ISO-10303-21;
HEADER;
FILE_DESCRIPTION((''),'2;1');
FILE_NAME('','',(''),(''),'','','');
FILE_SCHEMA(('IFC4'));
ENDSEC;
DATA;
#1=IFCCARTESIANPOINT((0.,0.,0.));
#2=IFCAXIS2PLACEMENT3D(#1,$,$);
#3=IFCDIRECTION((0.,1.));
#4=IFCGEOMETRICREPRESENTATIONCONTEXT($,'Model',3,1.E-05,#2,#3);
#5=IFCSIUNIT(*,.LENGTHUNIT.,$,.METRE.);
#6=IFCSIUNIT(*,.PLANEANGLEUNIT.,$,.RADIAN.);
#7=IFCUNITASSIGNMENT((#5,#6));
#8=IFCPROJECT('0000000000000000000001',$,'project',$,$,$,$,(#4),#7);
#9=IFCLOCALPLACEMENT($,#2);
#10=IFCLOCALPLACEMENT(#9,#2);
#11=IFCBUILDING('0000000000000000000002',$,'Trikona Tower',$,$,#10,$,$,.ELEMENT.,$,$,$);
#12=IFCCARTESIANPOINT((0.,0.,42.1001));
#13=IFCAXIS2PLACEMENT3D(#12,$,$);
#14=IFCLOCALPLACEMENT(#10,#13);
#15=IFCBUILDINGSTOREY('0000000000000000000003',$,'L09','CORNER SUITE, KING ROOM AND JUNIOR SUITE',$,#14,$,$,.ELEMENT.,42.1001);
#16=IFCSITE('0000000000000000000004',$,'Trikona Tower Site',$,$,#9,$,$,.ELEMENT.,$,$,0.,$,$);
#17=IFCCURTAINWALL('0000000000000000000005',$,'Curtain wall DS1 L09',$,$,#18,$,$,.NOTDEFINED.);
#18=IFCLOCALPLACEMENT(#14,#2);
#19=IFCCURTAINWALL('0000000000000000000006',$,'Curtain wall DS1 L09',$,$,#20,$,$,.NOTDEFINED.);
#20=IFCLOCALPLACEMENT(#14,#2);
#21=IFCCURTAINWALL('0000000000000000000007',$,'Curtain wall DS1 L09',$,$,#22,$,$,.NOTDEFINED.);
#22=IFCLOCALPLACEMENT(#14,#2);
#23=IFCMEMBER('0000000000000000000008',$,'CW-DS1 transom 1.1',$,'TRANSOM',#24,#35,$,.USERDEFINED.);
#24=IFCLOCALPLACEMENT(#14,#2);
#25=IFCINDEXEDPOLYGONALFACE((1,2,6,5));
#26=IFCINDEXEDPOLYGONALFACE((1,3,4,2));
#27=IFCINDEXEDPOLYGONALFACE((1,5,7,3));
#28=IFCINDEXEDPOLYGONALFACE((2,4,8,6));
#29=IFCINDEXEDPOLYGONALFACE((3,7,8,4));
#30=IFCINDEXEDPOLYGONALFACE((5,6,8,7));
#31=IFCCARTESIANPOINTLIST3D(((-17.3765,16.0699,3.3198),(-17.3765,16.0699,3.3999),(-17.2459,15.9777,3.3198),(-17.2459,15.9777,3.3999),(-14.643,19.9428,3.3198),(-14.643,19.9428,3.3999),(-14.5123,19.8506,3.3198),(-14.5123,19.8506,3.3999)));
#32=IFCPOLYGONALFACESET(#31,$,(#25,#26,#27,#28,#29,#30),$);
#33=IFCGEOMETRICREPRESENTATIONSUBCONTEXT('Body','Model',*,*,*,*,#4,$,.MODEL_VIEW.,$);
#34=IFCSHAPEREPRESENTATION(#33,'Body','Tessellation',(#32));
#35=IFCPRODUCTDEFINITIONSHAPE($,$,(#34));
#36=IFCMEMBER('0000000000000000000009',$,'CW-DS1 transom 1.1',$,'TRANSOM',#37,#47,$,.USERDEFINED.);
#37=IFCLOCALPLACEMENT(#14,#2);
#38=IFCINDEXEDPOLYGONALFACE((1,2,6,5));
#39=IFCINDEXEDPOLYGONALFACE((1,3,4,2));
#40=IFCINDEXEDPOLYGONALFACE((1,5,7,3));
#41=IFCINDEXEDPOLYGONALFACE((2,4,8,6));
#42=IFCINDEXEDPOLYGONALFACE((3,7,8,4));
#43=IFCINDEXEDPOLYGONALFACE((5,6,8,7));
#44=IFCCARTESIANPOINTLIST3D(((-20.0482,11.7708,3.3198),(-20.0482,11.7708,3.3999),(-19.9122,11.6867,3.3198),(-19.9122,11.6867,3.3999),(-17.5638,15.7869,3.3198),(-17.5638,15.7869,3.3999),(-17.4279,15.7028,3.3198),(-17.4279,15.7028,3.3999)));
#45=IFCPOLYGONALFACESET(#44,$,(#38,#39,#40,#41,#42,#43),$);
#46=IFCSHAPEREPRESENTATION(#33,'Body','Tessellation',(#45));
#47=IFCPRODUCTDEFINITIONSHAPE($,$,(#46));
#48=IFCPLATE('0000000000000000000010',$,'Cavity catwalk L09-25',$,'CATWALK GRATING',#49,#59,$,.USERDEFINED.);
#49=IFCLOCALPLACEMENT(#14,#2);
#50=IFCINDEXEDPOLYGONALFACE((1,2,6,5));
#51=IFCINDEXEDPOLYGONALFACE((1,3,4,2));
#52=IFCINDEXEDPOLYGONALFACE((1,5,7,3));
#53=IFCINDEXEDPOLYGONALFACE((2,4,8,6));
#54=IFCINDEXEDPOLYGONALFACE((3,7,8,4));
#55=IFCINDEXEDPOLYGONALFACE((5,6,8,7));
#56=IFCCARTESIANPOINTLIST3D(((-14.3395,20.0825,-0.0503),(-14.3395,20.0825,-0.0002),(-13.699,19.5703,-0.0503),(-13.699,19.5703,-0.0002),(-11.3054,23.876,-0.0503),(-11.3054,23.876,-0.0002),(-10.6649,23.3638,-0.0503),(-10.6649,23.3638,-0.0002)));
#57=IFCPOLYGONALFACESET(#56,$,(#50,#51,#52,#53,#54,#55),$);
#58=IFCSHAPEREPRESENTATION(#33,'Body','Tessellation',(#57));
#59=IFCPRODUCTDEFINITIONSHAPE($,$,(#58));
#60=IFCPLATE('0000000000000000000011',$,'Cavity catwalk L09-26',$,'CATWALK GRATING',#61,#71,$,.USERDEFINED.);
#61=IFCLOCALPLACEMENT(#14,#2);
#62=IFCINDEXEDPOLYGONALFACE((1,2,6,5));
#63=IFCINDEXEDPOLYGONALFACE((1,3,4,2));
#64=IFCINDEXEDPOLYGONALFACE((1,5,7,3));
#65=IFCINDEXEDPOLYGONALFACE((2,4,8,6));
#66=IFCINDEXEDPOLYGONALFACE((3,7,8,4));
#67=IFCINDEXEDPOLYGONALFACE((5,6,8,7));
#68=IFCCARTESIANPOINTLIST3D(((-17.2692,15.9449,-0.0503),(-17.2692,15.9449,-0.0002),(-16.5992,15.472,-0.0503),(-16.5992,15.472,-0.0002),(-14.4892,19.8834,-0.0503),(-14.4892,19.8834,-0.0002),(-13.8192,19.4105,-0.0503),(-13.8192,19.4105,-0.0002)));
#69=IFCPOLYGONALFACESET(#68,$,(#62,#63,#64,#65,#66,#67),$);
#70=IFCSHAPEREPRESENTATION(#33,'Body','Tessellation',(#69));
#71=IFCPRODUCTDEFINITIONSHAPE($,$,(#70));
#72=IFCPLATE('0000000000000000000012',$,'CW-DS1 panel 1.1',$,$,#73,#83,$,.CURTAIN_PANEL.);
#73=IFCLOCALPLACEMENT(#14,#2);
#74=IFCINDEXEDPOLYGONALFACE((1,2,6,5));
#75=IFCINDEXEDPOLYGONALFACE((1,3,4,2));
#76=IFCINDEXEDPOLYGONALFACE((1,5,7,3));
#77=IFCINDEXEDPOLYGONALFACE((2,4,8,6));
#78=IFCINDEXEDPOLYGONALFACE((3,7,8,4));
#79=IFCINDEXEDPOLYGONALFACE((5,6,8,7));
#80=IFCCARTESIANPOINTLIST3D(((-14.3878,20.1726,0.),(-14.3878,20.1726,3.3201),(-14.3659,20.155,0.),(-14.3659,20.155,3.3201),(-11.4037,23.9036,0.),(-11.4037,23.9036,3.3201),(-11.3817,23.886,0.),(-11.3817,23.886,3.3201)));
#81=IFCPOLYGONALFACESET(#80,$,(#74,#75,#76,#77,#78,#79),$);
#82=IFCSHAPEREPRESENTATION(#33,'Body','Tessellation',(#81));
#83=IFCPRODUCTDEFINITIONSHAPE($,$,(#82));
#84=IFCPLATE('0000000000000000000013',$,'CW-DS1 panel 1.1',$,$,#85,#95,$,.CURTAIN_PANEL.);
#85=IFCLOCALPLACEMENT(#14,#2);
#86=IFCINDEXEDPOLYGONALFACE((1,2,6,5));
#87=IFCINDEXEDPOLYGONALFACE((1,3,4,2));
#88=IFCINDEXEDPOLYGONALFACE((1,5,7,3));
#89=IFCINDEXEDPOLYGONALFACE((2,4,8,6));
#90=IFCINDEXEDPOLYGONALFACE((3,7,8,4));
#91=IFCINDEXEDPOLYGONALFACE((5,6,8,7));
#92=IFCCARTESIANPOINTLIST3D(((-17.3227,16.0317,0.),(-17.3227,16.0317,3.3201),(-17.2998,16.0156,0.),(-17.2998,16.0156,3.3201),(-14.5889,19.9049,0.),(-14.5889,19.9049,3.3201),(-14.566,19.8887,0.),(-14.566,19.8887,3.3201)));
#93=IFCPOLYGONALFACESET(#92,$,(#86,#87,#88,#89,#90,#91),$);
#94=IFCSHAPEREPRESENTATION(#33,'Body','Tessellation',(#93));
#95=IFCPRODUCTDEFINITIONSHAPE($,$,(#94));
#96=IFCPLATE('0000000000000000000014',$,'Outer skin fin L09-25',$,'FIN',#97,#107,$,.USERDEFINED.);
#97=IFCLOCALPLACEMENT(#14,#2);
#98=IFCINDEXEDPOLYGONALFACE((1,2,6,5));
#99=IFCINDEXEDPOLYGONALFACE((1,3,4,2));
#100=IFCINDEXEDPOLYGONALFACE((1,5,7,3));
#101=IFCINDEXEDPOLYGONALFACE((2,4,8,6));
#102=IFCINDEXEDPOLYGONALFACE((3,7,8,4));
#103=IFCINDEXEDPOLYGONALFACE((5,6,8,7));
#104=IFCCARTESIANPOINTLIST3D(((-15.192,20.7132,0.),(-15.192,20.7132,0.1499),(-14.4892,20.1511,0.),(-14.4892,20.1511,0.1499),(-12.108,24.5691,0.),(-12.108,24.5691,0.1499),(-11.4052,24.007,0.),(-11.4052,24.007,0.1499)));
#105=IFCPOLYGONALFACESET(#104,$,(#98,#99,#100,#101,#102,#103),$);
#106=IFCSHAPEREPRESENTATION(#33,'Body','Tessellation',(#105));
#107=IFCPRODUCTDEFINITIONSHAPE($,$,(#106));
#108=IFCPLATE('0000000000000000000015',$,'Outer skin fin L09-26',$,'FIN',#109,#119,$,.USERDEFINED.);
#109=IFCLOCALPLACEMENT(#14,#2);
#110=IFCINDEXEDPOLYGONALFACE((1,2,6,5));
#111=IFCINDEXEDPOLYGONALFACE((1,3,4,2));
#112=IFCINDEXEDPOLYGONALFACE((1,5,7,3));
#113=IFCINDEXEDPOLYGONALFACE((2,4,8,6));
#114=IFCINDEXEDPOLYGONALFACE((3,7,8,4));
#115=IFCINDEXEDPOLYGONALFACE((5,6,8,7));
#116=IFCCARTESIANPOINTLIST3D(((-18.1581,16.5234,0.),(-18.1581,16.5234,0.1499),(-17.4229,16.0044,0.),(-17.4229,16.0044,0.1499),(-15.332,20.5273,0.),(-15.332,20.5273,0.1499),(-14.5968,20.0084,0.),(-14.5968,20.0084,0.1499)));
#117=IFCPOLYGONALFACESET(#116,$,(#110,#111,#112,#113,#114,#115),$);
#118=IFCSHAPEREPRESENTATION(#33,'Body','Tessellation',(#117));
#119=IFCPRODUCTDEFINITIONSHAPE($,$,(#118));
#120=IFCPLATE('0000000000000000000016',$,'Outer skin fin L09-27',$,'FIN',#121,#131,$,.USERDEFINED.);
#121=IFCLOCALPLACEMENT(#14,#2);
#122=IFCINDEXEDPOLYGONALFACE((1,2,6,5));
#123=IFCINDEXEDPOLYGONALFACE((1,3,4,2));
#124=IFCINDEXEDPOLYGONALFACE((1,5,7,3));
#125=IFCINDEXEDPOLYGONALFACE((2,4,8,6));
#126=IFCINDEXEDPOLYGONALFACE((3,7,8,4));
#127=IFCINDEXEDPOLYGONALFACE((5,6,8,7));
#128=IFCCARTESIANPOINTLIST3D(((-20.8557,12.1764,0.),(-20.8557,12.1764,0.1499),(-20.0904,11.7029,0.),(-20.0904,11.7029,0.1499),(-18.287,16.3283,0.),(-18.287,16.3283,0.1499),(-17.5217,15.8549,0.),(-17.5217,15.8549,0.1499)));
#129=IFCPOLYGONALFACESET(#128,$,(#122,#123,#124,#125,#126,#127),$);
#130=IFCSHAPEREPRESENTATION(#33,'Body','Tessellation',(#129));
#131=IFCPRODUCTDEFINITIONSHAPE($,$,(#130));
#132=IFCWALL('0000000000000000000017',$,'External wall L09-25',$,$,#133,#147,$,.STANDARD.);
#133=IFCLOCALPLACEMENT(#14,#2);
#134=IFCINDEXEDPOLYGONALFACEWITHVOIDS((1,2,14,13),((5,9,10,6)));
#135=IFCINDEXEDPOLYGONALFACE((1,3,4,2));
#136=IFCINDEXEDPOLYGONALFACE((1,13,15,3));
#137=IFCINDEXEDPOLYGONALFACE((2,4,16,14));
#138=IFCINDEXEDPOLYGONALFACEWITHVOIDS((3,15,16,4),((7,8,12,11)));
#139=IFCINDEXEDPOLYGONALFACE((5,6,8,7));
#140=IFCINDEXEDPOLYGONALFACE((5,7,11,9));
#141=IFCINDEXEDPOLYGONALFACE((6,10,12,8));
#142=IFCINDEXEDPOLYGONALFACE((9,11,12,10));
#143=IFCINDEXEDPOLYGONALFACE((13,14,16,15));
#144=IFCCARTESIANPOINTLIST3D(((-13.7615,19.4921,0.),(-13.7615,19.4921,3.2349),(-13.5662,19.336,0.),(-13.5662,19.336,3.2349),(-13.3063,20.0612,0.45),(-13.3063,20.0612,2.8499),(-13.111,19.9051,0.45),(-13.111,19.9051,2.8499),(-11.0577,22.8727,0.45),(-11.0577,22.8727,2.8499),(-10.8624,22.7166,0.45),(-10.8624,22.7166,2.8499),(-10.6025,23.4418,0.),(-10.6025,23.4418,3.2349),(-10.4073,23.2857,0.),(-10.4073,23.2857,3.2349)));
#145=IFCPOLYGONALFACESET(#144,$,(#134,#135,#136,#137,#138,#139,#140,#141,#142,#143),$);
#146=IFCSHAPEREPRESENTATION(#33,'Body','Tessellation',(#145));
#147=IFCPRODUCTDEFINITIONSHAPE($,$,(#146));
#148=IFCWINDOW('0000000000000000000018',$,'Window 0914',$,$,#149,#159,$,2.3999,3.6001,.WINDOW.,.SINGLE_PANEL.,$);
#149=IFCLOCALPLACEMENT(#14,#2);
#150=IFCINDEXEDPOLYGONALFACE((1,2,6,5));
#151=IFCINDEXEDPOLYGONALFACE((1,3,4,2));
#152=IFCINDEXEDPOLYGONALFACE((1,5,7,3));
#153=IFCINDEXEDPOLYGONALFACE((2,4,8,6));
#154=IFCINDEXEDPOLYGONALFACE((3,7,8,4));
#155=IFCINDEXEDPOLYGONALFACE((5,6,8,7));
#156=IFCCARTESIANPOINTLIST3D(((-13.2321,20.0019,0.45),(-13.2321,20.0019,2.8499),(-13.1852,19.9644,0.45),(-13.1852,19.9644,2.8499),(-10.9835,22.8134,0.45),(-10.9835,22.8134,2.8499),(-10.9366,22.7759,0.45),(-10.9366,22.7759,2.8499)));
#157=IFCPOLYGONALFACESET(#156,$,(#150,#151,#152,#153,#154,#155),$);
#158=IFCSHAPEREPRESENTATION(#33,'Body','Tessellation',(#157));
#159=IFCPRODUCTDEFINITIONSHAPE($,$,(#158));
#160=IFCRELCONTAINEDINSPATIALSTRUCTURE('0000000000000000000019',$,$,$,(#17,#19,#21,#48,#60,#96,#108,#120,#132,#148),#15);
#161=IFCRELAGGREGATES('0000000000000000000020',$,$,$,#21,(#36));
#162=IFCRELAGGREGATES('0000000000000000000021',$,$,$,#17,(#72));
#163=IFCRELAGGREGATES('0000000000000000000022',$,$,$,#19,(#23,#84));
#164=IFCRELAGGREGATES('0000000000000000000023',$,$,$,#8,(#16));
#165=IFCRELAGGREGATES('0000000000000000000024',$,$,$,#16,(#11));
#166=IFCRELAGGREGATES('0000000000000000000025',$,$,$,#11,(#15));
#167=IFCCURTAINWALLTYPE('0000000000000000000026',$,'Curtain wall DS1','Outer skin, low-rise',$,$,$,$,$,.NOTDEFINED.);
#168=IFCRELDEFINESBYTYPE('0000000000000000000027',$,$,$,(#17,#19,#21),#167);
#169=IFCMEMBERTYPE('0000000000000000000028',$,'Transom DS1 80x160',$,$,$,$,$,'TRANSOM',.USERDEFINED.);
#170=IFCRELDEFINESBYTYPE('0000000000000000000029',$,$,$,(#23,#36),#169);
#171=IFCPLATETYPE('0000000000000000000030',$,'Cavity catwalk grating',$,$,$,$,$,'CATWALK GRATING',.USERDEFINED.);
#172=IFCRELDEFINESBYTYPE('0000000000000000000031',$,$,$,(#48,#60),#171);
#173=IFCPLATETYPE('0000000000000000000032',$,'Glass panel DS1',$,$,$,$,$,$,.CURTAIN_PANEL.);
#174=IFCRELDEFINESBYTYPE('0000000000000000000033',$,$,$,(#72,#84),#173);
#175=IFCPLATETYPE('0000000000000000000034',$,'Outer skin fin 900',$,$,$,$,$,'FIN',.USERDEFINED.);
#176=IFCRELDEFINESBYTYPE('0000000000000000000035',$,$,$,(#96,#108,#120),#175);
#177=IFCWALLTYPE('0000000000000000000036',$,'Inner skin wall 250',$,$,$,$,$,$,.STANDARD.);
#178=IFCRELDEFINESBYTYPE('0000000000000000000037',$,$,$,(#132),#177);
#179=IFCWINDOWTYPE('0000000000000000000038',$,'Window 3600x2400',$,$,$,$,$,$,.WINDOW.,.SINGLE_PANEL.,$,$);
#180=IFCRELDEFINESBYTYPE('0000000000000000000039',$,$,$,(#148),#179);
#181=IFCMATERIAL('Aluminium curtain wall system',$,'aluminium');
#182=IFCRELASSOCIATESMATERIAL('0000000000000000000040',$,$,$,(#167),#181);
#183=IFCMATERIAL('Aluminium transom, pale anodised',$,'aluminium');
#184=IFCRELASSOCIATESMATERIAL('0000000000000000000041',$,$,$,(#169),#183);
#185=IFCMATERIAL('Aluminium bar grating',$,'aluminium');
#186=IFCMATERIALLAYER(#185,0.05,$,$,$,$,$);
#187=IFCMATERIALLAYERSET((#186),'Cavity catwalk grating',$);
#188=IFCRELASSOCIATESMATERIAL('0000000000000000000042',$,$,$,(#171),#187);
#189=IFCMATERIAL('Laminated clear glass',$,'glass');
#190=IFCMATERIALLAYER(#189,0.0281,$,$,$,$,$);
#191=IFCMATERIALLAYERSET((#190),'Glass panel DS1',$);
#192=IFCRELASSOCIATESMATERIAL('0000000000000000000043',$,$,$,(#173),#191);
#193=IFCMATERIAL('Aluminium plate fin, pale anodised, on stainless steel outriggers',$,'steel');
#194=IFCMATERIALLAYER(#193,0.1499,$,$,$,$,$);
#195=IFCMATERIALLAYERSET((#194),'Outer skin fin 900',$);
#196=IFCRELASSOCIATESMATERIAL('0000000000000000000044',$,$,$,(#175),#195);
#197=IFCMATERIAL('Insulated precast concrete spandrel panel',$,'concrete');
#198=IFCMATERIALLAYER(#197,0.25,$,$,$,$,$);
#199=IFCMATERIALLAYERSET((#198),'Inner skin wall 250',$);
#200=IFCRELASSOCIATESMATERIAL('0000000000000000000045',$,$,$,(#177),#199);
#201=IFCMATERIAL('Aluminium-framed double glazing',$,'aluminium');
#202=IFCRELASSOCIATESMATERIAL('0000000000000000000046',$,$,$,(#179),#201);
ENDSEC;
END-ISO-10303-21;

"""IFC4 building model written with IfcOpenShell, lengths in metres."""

from ifc_helpers import new_model, si_unit, direction, frame, frame_2d, origin, origin_2d, place, context, subcontext, project, spatial, rectangle, extrude, material, layer, layer_set, material_profile, profile_set, type_object, element, fill, aggregate, save


model = new_model("IFC4")

# Units and contexts
model_context = context("Model", 3, precision=1e-05, world=origin(), true_north=direction((0.0, 1.0)))
body_context = subcontext(model_context, "Body", "Model", "MODEL_VIEW")
ifc_project = project(units=[si_unit("LENGTHUNIT", "METRE"), si_unit("PLANEANGLEUNIT", "RADIAN")], contexts=[model_context])

# Site, building, storey
site_placement = place(None, origin())
site = spatial("IfcSite", under=ifc_project, at=site_placement, Name="Trikona Tower Site", CompositionType="ELEMENT", RefElevation=0.0)
building_placement = place(site_placement, origin())
building = spatial("IfcBuilding", under=site, at=building_placement, Name="Trikona Tower", CompositionType="ELEMENT")
storey_placement = place(building_placement, frame((0.0, 0.0, 42.1001)))
storey = spatial("IfcBuildingStorey", under=building, at=storey_placement, Name="L09", Description="CORNER SUITE, KING ROOM AND JUNIOR SUITE", CompositionType="ELEMENT", Elevation=42.1001)

# Shared definitions
ifc_material_1 = material(Name="Aluminium curtain wall system", Category="aluminium")
curtain_wall_type = type_object("IfcCurtainWallType", Name="Curtain wall DS1", Description="Outer skin, low-rise", PredefinedType="NOTDEFINED", material=ifc_material_1)

# Curtain walls
curtain_wall_1_placement = place(storey_placement, origin())
curtain_wall_1 = element("IfcCurtainWall", 1, at=curtain_wall_1_placement, inside=storey, type_object=curtain_wall_type, Name="Curtain wall DS1 L09", PredefinedType="NOTDEFINED")
curtain_wall_2_placement = place(storey_placement, origin())
curtain_wall_2 = element("IfcCurtainWall", 2, at=curtain_wall_2_placement, inside=storey, type_object=curtain_wall_type, Name="Curtain wall DS1 L09", PredefinedType="NOTDEFINED")

# Curtain wall
curtain_wall_3_placement = place(storey_placement, origin())
curtain_wall_3 = element("IfcCurtainWall", 3, at=curtain_wall_3_placement, inside=storey, type_object=curtain_wall_type, Name="Curtain wall DS1 L09", PredefinedType="NOTDEFINED")

# Members
ifc_material_2 = material(Name="Aluminium transom, pale anodised", Category="aluminium")
ifc_material_profile_1 = material_profile(ifc_material_2, rectangle(XDim=0.1599, YDim=0.0801, at=origin_2d()), Name="TRN-DS1")
ifc_profile_set_1 = profile_set([ifc_material_profile_1], Name="Aluminium transom, pale anodised")
member_type_1 = type_object("IfcMemberType", Name="Transom DS1 80x160", ElementType="TRANSOM", PredefinedType="USERDEFINED", material=ifc_profile_set_1)
member_1_placement = place(storey_placement, frame((-14.5776, 19.8967, 3.3599), z_axis=(-0.576645, -0.816995, 0.0), x_axis=(0.816995, -0.576645, 0.0)))
member_1 = element("IfcMember", 4, at=member_1_placement, type_object=member_type_1, Name="CW-DS1 transom 1.1", ObjectType="TRANSOM", PredefinedType="USERDEFINED", context=body_context, shape_type="SweptSolid", body=[
    extrude(rectangle(XDim=0.1599, YDim=0.0801, at=origin_2d()), origin(), (0.0, 0.0, 1.0), 4.7405),
])
member_2_placement = place(storey_placement, frame((-17.4958, 15.7449, 3.3599), z_axis=(-0.526081, -0.850435, 0.0), x_axis=(0.850435, -0.526081, 0.0)))
member_2 = element("IfcMember", 5, at=member_2_placement, type_object=member_type_1, Name="CW-DS1 transom 1.1", ObjectType="TRANSOM", PredefinedType="USERDEFINED", context=body_context, shape_type="SweptSolid", body=[
    extrude(rectangle(XDim=0.1599, YDim=0.0801, at=origin_2d()), origin(), (0.0, 0.0, 1.0), 4.7224),
])
aggregate(curtain_wall_3, [member_2])

# Plates
ifc_material_3 = material(Name="Aluminium bar grating", Category="aluminium")
ifc_layer_1 = layer(ifc_material_3, 0.05)
ifc_layer_set_1 = layer_set([ifc_layer_1], Name="Cavity catwalk grating")
plate_type_1 = type_object("IfcPlateType", Name="Cavity catwalk grating", ElementType="CATWALK GRATING", PredefinedType="USERDEFINED", material=ifc_layer_set_1)
plate_1_placement = place(storey_placement, frame((-12.5022, 21.7231, -0.0503), z_axis=(0.0, 0.0, 1.0), x_axis=(-0.624604, -0.780942, 0.0)))
element("IfcPlate", 6, at=plate_1_placement, inside=storey, type_object=plate_type_1, Name="Cavity catwalk L09-25", ObjectType="CATWALK GRATING", PredefinedType="USERDEFINED", context=body_context, shape_type="SweptSolid", body=[
    extrude(rectangle(XDim=4.8577, YDim=0.8201, at=origin_2d()), origin(), (0.0, 0.0, 1.0), 0.05),
])
plate_2_placement = place(storey_placement, frame((-15.5442, 17.6777, -0.0503), z_axis=(0.0, 0.0, 1.0), x_axis=(-0.576662, -0.816983, 0.0)))
element("IfcPlate", 7, at=plate_2_placement, inside=storey, type_object=plate_type_1, Name="Cavity catwalk L09-26", ObjectType="CATWALK GRATING", PredefinedType="USERDEFINED", context=body_context, shape_type="SweptSolid", body=[
    extrude(rectangle(XDim=4.8208, YDim=0.8201, at=origin_2d()), origin(), (0.0, 0.0, 1.0), 0.05),
])

# Plates
ifc_material_4 = material(Name="Laminated clear glass", Category="glass")
ifc_layer_2 = layer(ifc_material_4, 0.0281)
ifc_layer_set_2 = layer_set([ifc_layer_2], Name="Glass panel DS1")
plate_type_2 = type_object("IfcPlateType", Name="Glass panel DS1", PredefinedType="CURTAIN_PANEL", material=ifc_layer_set_2)
plate_3_placement = place(storey_placement, frame((-12.8848, 22.0293, 0.0), z_axis=(0.0, 0.0, 1.0), x_axis=(-0.624609, -0.780938, 0.0)))
plate_3 = element("IfcPlate", 8, at=plate_3_placement, type_object=plate_type_2, Name="CW-DS1 panel 1.1", PredefinedType="CURTAIN_PANEL", context=body_context, shape_type="SweptSolid", body=[
    extrude(rectangle(XDim=4.7776, YDim=0.0281, at=origin_2d()), origin(), (0.0, 0.0, 1.0), 3.3201),
])
aggregate(curtain_wall_1, [plate_3])
plate_4_placement = place(storey_placement, frame((-15.9443, 17.9602, 0.0), z_axis=(0.0, 0.0, 1.0), x_axis=(-0.576658, -0.816985, 0.0)))
plate_4 = element("IfcPlate", 9, at=plate_4_placement, type_object=plate_type_2, Name="CW-DS1 panel 1.1", PredefinedType="CURTAIN_PANEL", context=body_context, shape_type="SweptSolid", body=[
    extrude(rectangle(XDim=4.7407, YDim=0.0281, at=origin_2d()), origin(), (0.0, 0.0, 1.0), 3.3201),
])
aggregate(curtain_wall_2, [member_1, plate_4])

# Plates
ifc_material_5 = material(Name="Aluminium plate fin, pale anodised, on stainless steel outriggers", Category="steel")
ifc_layer_3 = layer(ifc_material_5, 0.1499)
ifc_layer_set_3 = layer_set([ifc_layer_3], Name="Outer skin fin 900")
plate_type_3 = type_object("IfcPlateType", Name="Outer skin fin 900", ElementType="FIN", PredefinedType="USERDEFINED", material=ifc_layer_set_3)
plate_5_placement = place(storey_placement, frame((-13.2986, 22.3601, 0.0), z_axis=(0.0, 0.0, 1.0), x_axis=(-0.624604, -0.780942, 0.0)))
element("IfcPlate", 10, at=plate_5_placement, inside=storey, type_object=plate_type_3, Name="Outer skin fin L09-25", ObjectType="FIN", PredefinedType="USERDEFINED", context=body_context, shape_type="SweptSolid", body=[
    extrude(rectangle(XDim=4.9375, YDim=0.8999, at=origin_2d()), origin(), (0.0, 0.0, 1.0), 0.1499),
])
plate_6_placement = place(storey_placement, frame((-16.3774, 18.2659, 0.0), z_axis=(0.0, 0.0, 1.0), x_axis=(-0.576662, -0.816983, 0.0)))
element("IfcPlate", 11, at=plate_6_placement, inside=storey, type_object=plate_type_3, Name="Outer skin fin L09-26", ObjectType="FIN", PredefinedType="USERDEFINED", context=body_context, shape_type="SweptSolid", body=[
    extrude(rectangle(XDim=4.9009, YDim=0.8999, at=origin_2d()), origin(), (0.0, 0.0, 1.0), 0.1499),
])
plate_7_placement = place(storey_placement, frame((-19.1887, 14.0156, 0.0), z_axis=(0.0, 0.0, 1.0), x_axis=(-0.526119, -0.850411, 0.0)))
element("IfcPlate", 12, at=plate_7_placement, inside=storey, type_object=plate_type_3, Name="Outer skin fin L09-27", ObjectType="FIN", PredefinedType="USERDEFINED", context=body_context, shape_type="SweptSolid", body=[
    extrude(rectangle(XDim=4.8823, YDim=0.8999, at=origin_2d()), origin(), (0.0, 0.0, 1.0), 0.1499),
])

# Wall, opening, window
ifc_material_6 = material(Name="Insulated precast concrete spandrel panel", Category="concrete")
ifc_layer_4 = layer(ifc_material_6, 0.25)
ifc_layer_set_4 = layer_set([ifc_layer_4], Name="Inner skin wall 250")
wall_type = type_object("IfcWallType", Name="Inner skin wall 250", PredefinedType="STANDARD", material=ifc_layer_set_4)
wall_1_placement = place(storey_placement, frame((-10.5049, 23.3638, 0.0), z_axis=(0.0, 0.0, 1.0), x_axis=(-0.624595, -0.780949, 0.0)))
wall_1 = element("IfcWall", 13, at=wall_1_placement, inside=storey, type_object=wall_type, Name="External wall L09-25", PredefinedType="STANDARD", context=body_context, shape_type="SweptSolid", body=[
    extrude(rectangle(XDim=5.0576, YDim=0.25, at=frame_2d((2.5288, 0.0))), origin(), (0.0, 0.0, 1.0), 3.2349),
])
opening_1_placement = place(wall_1_placement, frame((0.7288, 0.0, 0.45)))
opening_1 = element("IfcOpeningElement", 14, at=opening_1_placement, cuts=wall_1, PredefinedType="OPENING", context=body_context, shape_type="SweptSolid", body=[
    extrude(rectangle(XDim=3.6001, YDim=2.3999, at=frame_2d((1.8, 1.2))), frame((0.0, 0.135, 0.0), z_axis=(0.0, -1.0, 0.0), x_axis=(1.0, 0.0, 0.0)), (0.0, 0.0, 1.0), 0.27),
])
ifc_material_7 = material(Name="Aluminium-framed double glazing", Category="aluminium")
window_type = type_object("IfcWindowType", Name="Window 3600x2400", PartitioningType="SINGLE_PANEL", PredefinedType="WINDOW", material=ifc_material_7)
window_1_placement = place(opening_1_placement, origin())
window_1 = element("IfcWindow", 15, at=window_1_placement, inside=storey, type_object=window_type, Name="Window 0914", OverallHeight=2.3999, OverallWidth=3.6001, PartitioningType="SINGLE_PANEL", PredefinedType="WINDOW", context=body_context, shape_type="SweptSolid", body=[
    extrude(rectangle(XDim=3.6001, YDim=2.3999, at=frame_2d((1.8, 1.2))), frame((0.0, 0.03, 0.0), z_axis=(0.0, -1.0, 0.0), x_axis=(1.0, 0.0, 0.0)), (0.0, 0.0, 1.0), 0.0601),
])
fill(opening_1, window_1)

save(model, "model.ifc")
